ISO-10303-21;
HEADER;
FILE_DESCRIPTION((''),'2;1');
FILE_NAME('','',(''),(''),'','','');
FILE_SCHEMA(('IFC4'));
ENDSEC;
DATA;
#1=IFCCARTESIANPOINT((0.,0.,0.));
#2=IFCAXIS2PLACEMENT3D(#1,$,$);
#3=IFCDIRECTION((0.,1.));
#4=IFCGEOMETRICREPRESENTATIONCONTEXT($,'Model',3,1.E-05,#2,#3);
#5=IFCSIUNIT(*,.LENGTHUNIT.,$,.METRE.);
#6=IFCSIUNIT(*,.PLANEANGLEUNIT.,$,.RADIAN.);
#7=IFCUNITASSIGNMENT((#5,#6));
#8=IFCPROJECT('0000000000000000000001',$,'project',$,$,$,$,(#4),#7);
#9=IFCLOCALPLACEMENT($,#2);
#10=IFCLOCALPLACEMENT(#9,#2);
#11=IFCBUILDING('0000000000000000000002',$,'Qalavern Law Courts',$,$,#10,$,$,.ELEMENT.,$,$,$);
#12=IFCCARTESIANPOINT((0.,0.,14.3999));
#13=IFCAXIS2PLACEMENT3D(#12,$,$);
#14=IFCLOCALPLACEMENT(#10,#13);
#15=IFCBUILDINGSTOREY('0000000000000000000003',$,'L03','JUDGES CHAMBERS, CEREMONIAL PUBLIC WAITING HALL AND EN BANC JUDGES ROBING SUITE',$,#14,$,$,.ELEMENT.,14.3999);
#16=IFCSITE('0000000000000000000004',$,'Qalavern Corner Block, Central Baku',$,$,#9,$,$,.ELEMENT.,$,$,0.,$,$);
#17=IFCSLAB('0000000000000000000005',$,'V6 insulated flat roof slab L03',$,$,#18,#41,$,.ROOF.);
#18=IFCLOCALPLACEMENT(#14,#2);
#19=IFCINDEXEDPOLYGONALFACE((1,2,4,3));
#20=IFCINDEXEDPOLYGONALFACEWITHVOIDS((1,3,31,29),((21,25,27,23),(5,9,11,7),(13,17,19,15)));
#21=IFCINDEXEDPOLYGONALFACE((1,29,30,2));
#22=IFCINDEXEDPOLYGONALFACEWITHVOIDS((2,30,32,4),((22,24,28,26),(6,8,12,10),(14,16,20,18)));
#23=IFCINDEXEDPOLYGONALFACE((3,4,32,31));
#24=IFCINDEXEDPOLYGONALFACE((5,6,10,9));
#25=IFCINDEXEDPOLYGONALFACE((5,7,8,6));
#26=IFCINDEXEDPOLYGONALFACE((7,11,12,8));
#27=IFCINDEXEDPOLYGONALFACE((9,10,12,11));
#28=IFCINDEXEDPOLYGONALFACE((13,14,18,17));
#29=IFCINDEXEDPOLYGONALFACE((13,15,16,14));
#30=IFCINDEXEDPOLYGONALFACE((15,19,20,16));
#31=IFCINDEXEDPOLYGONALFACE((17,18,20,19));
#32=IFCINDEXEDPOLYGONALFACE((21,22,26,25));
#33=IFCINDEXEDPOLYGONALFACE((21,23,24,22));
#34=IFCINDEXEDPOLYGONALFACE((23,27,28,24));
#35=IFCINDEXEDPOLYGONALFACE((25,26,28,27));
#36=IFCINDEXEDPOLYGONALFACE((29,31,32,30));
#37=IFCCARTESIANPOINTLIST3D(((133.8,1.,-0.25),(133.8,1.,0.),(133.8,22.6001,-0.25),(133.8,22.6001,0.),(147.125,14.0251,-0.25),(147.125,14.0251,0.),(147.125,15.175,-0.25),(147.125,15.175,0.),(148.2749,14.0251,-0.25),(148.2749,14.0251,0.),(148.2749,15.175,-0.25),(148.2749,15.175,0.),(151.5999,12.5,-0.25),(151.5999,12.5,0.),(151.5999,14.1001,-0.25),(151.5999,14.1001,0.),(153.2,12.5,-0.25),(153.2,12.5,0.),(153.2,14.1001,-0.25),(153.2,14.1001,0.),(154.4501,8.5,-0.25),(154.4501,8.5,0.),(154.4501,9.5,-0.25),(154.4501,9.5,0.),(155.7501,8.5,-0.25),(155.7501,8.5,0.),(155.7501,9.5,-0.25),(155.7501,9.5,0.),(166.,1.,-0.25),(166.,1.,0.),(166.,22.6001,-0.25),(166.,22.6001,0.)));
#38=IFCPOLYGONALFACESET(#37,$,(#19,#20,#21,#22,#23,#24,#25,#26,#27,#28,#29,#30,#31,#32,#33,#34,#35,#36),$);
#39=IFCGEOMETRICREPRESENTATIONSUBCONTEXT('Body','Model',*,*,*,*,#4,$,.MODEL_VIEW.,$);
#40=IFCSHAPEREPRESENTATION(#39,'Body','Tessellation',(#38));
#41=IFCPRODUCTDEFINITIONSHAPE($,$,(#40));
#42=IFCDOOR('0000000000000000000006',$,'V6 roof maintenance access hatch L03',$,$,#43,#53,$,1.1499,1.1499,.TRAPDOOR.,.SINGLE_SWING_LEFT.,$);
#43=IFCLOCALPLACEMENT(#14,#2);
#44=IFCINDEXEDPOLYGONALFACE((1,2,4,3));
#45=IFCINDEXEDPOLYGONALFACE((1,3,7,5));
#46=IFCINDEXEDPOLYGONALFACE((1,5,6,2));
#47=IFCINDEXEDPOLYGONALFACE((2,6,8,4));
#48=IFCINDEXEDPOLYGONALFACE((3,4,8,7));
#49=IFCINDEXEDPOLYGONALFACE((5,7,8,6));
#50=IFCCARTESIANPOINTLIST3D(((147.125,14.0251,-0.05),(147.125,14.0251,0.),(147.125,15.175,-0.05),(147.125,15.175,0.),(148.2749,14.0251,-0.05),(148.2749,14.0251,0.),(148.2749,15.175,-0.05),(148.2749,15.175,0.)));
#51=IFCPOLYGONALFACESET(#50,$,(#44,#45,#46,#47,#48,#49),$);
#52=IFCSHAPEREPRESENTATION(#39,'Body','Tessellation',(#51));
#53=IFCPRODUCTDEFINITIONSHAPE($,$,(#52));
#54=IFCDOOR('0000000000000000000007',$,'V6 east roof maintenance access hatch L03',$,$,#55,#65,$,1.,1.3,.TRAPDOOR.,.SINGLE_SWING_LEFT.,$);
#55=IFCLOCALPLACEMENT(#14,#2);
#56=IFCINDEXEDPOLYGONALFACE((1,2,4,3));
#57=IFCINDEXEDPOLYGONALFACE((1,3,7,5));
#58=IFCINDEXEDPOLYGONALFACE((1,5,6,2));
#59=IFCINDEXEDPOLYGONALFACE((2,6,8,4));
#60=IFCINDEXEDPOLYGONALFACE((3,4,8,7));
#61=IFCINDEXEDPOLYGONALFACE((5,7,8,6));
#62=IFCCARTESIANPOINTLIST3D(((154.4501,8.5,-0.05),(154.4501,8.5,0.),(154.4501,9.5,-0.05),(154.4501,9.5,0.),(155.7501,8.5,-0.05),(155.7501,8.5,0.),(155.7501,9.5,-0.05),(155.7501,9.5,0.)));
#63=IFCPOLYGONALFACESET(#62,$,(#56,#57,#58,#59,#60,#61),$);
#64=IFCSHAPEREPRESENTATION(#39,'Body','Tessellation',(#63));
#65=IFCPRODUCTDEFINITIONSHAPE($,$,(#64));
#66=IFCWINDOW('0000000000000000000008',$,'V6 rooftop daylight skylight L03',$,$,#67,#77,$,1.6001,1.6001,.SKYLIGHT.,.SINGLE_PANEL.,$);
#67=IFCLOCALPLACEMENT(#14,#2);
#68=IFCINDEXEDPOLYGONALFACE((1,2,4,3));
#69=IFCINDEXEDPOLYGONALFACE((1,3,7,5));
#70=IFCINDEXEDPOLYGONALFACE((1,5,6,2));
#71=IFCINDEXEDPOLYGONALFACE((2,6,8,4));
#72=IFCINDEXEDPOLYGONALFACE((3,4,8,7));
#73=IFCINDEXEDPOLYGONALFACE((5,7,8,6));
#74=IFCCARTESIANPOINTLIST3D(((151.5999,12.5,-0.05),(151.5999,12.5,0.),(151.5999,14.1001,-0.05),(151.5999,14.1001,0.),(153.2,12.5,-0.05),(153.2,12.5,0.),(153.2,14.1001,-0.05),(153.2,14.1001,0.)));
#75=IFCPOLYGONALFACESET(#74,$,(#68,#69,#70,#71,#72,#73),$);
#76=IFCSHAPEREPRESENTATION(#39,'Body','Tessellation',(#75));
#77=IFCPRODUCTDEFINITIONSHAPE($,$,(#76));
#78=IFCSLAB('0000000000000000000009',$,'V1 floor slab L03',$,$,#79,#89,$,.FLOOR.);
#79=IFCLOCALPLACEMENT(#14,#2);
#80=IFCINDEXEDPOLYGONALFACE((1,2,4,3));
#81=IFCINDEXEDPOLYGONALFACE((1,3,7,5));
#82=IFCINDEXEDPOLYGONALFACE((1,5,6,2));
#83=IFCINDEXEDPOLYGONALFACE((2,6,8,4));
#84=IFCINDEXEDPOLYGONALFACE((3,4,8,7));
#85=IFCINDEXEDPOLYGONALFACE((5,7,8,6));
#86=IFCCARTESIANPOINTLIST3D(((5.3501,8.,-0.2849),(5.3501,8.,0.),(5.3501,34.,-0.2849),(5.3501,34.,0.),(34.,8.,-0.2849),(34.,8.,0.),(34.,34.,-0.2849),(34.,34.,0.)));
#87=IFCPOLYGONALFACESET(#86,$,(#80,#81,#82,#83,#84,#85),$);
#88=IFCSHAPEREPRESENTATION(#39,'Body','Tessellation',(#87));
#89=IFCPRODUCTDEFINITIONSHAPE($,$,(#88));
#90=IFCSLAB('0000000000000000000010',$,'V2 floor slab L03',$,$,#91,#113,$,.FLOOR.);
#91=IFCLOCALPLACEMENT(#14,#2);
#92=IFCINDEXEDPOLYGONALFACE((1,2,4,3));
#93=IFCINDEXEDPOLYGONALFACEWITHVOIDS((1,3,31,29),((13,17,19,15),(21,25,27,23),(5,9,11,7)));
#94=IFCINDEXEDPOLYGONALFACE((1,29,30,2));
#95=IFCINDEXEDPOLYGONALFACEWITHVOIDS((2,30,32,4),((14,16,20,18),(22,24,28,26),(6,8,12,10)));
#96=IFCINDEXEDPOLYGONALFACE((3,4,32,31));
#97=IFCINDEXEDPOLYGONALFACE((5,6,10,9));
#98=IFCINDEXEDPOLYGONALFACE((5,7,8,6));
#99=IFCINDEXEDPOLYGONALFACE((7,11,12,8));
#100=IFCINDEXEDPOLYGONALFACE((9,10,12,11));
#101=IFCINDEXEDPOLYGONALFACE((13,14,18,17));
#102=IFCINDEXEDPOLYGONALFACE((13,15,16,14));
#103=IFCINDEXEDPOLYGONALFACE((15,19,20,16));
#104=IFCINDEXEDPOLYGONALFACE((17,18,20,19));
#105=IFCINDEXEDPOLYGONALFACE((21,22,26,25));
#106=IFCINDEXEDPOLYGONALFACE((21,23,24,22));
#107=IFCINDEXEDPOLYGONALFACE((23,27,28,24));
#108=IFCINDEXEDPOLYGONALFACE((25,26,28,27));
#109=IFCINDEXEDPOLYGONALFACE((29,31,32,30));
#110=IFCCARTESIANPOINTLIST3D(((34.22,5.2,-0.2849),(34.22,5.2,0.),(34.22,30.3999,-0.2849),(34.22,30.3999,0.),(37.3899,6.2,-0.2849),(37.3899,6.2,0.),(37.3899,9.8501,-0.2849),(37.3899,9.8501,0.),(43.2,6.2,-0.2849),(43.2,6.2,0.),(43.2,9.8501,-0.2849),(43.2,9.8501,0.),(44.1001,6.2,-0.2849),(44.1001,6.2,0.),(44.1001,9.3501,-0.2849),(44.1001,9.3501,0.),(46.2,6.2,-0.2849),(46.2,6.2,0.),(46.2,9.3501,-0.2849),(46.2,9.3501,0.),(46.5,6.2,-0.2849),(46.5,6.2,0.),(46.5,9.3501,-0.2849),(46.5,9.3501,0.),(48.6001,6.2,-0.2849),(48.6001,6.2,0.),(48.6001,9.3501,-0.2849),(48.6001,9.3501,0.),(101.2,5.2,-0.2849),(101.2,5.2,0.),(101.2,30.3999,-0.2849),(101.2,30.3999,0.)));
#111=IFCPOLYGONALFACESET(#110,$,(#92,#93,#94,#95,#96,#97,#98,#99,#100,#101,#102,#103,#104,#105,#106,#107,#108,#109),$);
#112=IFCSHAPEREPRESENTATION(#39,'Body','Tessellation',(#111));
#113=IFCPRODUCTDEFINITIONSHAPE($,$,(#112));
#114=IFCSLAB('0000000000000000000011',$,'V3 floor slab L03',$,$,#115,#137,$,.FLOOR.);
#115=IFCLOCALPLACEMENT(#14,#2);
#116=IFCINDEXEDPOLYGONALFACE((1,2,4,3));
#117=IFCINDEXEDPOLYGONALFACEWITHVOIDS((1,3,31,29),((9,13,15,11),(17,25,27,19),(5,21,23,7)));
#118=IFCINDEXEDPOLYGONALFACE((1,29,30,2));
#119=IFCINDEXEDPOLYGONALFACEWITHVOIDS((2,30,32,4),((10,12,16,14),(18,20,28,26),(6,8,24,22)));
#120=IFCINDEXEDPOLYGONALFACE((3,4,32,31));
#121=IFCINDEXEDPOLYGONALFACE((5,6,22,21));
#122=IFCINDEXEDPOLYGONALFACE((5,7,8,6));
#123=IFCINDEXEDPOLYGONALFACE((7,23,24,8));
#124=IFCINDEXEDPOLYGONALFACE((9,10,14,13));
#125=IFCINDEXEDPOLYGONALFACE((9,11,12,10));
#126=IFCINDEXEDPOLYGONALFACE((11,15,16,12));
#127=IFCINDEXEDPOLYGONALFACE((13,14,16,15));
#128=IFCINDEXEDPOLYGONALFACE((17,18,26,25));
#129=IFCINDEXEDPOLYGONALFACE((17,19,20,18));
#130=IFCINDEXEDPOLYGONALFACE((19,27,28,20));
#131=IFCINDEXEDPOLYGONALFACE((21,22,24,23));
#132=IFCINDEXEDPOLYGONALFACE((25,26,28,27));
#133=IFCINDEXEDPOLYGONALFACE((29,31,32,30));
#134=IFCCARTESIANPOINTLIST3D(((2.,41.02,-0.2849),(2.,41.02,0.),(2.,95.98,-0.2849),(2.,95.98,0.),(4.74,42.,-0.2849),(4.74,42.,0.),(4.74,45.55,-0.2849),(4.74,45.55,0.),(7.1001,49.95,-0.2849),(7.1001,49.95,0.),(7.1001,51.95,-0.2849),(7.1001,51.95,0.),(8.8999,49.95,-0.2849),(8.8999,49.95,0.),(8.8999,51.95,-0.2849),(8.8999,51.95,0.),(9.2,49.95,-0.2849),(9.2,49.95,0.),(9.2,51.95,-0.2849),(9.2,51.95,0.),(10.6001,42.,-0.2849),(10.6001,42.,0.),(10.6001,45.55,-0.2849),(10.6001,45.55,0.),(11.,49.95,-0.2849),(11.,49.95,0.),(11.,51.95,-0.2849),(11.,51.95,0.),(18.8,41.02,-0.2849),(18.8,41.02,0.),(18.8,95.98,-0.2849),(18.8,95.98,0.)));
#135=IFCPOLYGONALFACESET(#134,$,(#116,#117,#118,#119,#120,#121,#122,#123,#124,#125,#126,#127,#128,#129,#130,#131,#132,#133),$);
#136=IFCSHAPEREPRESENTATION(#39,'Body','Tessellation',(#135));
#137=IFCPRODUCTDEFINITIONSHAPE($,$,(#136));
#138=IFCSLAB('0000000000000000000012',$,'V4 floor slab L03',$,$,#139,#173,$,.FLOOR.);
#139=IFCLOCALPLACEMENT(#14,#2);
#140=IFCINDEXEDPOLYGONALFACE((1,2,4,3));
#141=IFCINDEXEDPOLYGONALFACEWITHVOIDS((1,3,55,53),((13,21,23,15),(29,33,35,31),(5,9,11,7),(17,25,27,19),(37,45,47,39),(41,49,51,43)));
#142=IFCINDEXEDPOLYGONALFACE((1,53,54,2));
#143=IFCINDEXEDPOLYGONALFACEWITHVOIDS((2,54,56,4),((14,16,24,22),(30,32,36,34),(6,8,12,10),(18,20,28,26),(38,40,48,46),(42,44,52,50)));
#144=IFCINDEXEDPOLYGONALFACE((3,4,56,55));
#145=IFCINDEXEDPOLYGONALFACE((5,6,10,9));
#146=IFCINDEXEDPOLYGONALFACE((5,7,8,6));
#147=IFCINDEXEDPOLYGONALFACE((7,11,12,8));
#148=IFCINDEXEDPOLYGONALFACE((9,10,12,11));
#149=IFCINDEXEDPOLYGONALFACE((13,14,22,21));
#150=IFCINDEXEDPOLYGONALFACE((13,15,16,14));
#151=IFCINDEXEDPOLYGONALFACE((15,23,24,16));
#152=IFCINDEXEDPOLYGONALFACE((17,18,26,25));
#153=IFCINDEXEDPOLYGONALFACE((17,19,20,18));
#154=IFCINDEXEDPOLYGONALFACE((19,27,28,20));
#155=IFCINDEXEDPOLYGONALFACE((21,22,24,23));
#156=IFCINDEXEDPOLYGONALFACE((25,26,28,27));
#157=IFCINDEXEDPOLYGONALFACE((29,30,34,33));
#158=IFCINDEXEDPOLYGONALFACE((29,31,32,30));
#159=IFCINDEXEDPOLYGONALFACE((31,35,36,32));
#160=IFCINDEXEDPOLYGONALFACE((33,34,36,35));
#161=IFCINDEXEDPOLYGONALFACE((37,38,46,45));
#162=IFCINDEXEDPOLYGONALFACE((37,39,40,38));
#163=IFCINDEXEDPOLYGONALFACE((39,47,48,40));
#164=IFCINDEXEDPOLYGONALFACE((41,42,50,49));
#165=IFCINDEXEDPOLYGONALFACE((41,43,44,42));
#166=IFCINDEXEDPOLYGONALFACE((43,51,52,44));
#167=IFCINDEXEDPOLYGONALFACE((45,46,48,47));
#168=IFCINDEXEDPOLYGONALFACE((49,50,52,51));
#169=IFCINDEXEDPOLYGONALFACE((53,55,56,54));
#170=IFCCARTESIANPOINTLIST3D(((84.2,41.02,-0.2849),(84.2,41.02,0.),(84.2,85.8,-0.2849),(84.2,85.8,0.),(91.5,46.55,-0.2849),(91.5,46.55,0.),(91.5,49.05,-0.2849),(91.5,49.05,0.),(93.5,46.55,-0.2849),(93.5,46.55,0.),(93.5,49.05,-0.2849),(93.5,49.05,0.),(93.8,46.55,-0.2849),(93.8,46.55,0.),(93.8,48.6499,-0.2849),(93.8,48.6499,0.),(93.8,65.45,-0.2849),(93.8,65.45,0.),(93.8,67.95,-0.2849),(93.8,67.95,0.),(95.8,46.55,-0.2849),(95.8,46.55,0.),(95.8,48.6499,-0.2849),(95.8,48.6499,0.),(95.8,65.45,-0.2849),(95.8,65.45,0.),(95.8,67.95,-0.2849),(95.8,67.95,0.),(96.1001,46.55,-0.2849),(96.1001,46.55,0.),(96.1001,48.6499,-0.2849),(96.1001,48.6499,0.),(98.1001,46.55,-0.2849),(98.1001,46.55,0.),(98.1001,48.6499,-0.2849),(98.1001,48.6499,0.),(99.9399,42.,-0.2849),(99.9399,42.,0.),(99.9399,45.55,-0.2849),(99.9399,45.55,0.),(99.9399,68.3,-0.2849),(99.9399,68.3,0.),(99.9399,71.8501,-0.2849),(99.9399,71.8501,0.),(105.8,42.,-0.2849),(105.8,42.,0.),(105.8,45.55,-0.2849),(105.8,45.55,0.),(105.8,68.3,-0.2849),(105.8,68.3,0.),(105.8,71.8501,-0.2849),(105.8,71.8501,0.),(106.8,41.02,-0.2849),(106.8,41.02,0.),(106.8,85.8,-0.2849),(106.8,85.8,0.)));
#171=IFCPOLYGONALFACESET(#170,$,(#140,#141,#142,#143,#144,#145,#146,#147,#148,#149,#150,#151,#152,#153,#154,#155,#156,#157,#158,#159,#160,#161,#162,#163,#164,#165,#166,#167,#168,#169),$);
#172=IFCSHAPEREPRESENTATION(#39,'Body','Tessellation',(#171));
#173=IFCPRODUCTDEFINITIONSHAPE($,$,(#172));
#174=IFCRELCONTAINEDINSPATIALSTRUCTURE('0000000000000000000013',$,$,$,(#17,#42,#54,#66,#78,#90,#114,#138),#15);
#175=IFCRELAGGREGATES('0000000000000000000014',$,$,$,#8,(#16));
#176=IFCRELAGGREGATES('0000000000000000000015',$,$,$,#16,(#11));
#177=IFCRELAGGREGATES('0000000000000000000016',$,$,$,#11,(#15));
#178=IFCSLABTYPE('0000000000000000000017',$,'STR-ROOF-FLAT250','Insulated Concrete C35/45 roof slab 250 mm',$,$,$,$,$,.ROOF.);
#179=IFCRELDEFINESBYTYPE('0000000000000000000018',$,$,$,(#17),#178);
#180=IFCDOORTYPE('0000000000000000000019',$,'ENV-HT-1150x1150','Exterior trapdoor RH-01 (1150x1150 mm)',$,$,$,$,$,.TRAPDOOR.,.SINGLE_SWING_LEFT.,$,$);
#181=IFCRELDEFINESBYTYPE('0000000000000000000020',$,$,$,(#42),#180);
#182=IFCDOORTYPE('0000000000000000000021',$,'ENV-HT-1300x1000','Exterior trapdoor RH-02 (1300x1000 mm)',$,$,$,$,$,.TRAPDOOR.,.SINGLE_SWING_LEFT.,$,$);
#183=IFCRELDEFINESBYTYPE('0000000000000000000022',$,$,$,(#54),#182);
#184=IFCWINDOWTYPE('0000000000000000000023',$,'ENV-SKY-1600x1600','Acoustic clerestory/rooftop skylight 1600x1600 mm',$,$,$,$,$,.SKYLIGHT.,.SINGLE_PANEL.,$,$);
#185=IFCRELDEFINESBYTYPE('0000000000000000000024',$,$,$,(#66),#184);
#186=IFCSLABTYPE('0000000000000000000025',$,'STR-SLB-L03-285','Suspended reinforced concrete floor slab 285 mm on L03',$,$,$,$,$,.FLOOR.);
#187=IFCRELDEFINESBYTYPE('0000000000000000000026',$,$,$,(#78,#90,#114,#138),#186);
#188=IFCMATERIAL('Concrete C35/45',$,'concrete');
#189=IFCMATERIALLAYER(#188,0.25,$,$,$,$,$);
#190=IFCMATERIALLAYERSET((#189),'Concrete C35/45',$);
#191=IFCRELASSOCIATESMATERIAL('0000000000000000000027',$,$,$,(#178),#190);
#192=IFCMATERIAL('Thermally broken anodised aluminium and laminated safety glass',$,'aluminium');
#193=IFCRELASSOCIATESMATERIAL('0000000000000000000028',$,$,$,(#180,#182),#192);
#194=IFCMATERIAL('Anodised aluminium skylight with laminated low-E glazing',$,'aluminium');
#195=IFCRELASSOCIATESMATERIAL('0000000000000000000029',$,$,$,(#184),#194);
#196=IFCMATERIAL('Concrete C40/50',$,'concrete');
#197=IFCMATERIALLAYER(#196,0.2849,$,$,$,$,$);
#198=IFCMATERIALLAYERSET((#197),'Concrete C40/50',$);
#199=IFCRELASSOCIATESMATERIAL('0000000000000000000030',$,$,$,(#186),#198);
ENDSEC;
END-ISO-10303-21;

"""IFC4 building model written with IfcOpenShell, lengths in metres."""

from ifc_helpers import new_model, si_unit, direction, frame, origin, origin_2d, place, context, subcontext, project, spatial, polyline, rectangle, outline, extrude, material, layer, layer_set, type_object, element, fill, save


model = new_model("IFC4")

# Units and contexts
model_context = context("Model", 3, precision=1e-05, world=origin(), true_north=direction((0.0, 1.0)))
body_context = subcontext(model_context, "Body", "Model", "MODEL_VIEW")
ifc_project = project(units=[si_unit("LENGTHUNIT", "METRE"), si_unit("PLANEANGLEUNIT", "RADIAN")], contexts=[model_context])

# Site, building, storey
site_placement = place(None, origin())
site = spatial("IfcSite", under=ifc_project, at=site_placement, Name="Qalavern Corner Block, Central Baku", CompositionType="ELEMENT", RefElevation=0.0)
building_placement = place(site_placement, origin())
building = spatial("IfcBuilding", under=site, at=building_placement, Name="Qalavern Law Courts", CompositionType="ELEMENT")
storey_placement = place(building_placement, frame((0.0, 0.0, 14.3999)))
storey = spatial("IfcBuildingStorey", under=building, at=storey_placement, Name="L03", Description="JUDGES CHAMBERS, CEREMONIAL PUBLIC WAITING HALL AND EN BANC JUDGES ROBING SUITE", CompositionType="ELEMENT", Elevation=14.3999)

# Slab, openings, doors, window
ifc_material_1 = material(Name="Concrete C35/45", Category="concrete")
ifc_layer_1 = layer(ifc_material_1, 0.25)
ifc_layer_set_1 = layer_set([ifc_layer_1], Name="Concrete C35/45")
slab_type_1 = type_object("IfcSlabType", Name="STR-ROOF-FLAT250", Description="Insulated Concrete C35/45 roof slab 250 mm", PredefinedType="ROOF", material=ifc_layer_set_1)
slab_1_placement = place(storey_placement, frame((0.0, 0.0, -0.25)))
slab_1 = element("IfcSlab", 1, at=slab_1_placement, inside=storey, type_object=slab_type_1, Name="V6 insulated flat roof slab L03", PredefinedType="ROOF", context=body_context, shape_type="SweptSolid", body=[
    extrude(outline(polyline([(133.8, 1.0), (166.0, 1.0), (166.0, 22.6001), (133.8, 22.6001), (133.8, 1.0)])), origin(), (0.0, 0.0, 1.0), 0.25),
])
opening_1_placement = place(slab_1_placement, frame((147.7, 14.6001, 0.0)))
opening_1 = element("IfcOpeningElement", 2, at=opening_1_placement, cuts=slab_1, PredefinedType="OPENING", context=body_context, shape_type="SweptSolid", body=[
    extrude(rectangle(XDim=1.1499, YDim=1.1499, at=origin_2d()), frame((0.0, 0.0, -0.0149)), (0.0, 0.0, 1.0), 0.2798),
])
opening_2_placement = place(slab_1_placement, frame((155.1001, 9.0, 0.0)))
opening_2 = element("IfcOpeningElement", 3, at=opening_2_placement, cuts=slab_1, PredefinedType="OPENING", context=body_context, shape_type="SweptSolid", body=[
    extrude(rectangle(XDim=1.3, YDim=1.0, at=origin_2d()), frame((0.0, 0.0, -0.0149)), (0.0, 0.0, 1.0), 0.2798),
])
opening_3_placement = place(slab_1_placement, frame((152.3999, 13.3, 0.0)))
opening_3 = element("IfcOpeningElement", 4, at=opening_3_placement, cuts=slab_1, PredefinedType="OPENING", context=body_context, shape_type="SweptSolid", body=[
    extrude(rectangle(XDim=1.6001, YDim=1.6001, at=origin_2d()), frame((0.0, 0.0, -0.0149)), (0.0, 0.0, 1.0), 0.2798),
])
ifc_material_2 = material(Name="Thermally broken anodised aluminium and laminated safety glass", Category="aluminium")
door_type_1 = type_object("IfcDoorType", Name="ENV-HT-1150x1150", Description="Exterior trapdoor RH-01 (1150x1150 mm)", OperationType="SINGLE_SWING_LEFT", PredefinedType="TRAPDOOR", material=ifc_material_2)
door_1_placement = place(opening_1_placement, frame((0.0, 0.0, 0.2)))
door_1 = element("IfcDoor", 5, at=door_1_placement, inside=storey, type_object=door_type_1, Name="V6 roof maintenance access hatch L03", OperationType="SINGLE_SWING_LEFT", OverallHeight=1.1499, OverallWidth=1.1499, PredefinedType="TRAPDOOR", context=body_context, shape_type="SweptSolid", body=[
    extrude(rectangle(XDim=1.1499, YDim=1.1499, at=origin_2d()), origin(), (0.0, 0.0, 1.0), 0.05),
])
fill(opening_1, door_1)
door_type_2 = type_object("IfcDoorType", Name="ENV-HT-1300x1000", Description="Exterior trapdoor RH-02 (1300x1000 mm)", OperationType="SINGLE_SWING_LEFT", PredefinedType="TRAPDOOR", material=ifc_material_2)
door_2_placement = place(opening_2_placement, frame((0.0, 0.0, 0.2)))
door_2 = element("IfcDoor", 6, at=door_2_placement, inside=storey, type_object=door_type_2, Name="V6 east roof maintenance access hatch L03", OperationType="SINGLE_SWING_LEFT", OverallHeight=1.0, OverallWidth=1.3, PredefinedType="TRAPDOOR", context=body_context, shape_type="SweptSolid", body=[
    extrude(rectangle(XDim=1.3, YDim=1.0, at=origin_2d()), origin(), (0.0, 0.0, 1.0), 0.05),
])
fill(opening_2, door_2)
ifc_material_3 = material(Name="Anodised aluminium skylight with laminated low-E glazing", Category="aluminium")
window_type = type_object("IfcWindowType", Name="ENV-SKY-1600x1600", Description="Acoustic clerestory/rooftop skylight 1600x1600 mm", PartitioningType="SINGLE_PANEL", PredefinedType="SKYLIGHT", material=ifc_material_3)
window_placement = place(opening_3_placement, frame((0.0, 0.0, 0.2)))
window = element("IfcWindow", 7, at=window_placement, inside=storey, type_object=window_type, Name="V6 rooftop daylight skylight L03", OverallHeight=1.6001, OverallWidth=1.6001, PartitioningType="SINGLE_PANEL", PredefinedType="SKYLIGHT", context=body_context, shape_type="SweptSolid", body=[
    extrude(rectangle(XDim=1.6001, YDim=1.6001, at=origin_2d()), origin(), (0.0, 0.0, 1.0), 0.05),
])
fill(opening_3, window)

# Slabs
ifc_material_4 = material(Name="Concrete C40/50", Category="concrete")
ifc_layer_2 = layer(ifc_material_4, 0.2849)
ifc_layer_set_2 = layer_set([ifc_layer_2], Name="Concrete C40/50")
slab_type_2 = type_object("IfcSlabType", Name="STR-SLB-L03-285", Description="Suspended reinforced concrete floor slab 285 mm on L03", PredefinedType="FLOOR", material=ifc_layer_set_2)
slab_2_placement = place(storey_placement, frame((0.0, 0.0, -0.2849)))
element("IfcSlab", 8, at=slab_2_placement, inside=storey, type_object=slab_type_2, Name="V1 floor slab L03", PredefinedType="FLOOR", context=body_context, shape_type="SweptSolid", body=[
    extrude(outline(polyline([(5.3501, 8.0), (34.0, 8.0), (34.0, 34.0), (5.3501, 34.0), (5.3501, 8.0)])), origin(), (0.0, 0.0, 1.0), 0.2849),
])
slab_3_placement = place(storey_placement, frame((0.0, 0.0, -0.2849)))
element("IfcSlab", 9, at=slab_3_placement, inside=storey, type_object=slab_type_2, Name="V2 floor slab L03", PredefinedType="FLOOR", context=body_context, shape_type="SweptSolid", body=[
    extrude(outline(polyline([(34.22, 5.2), (101.2, 5.2), (101.2, 30.3999), (34.22, 30.3999), (34.22, 5.2)]), holes=[polyline([(37.3899, 6.2), (43.2, 6.2), (43.2, 9.8501), (37.3899, 9.8501), (37.3899, 6.2)]), polyline([(44.1001, 6.2), (46.2, 6.2), (46.2, 9.3501), (44.1001, 9.3501), (44.1001, 6.2)]), polyline([(46.5, 6.2), (48.6001, 6.2), (48.6001, 9.3501), (46.5, 9.3501), (46.5, 6.2)])]), origin(), (0.0, 0.0, 1.0), 0.2849),
])
slab_4_placement = place(storey_placement, frame((0.0, 0.0, -0.2849)))
element("IfcSlab", 10, at=slab_4_placement, inside=storey, type_object=slab_type_2, Name="V3 floor slab L03", PredefinedType="FLOOR", context=body_context, shape_type="SweptSolid", body=[
    extrude(outline(polyline([(2.0, 41.02), (18.8, 41.02), (18.8, 95.98), (2.0, 95.98), (2.0, 41.02)]), holes=[polyline([(4.74, 42.0), (10.6001, 42.0), (10.6001, 45.55), (4.74, 45.55), (4.74, 42.0)]), polyline([(7.1001, 49.95), (8.8999, 49.95), (8.8999, 51.95), (7.1001, 51.95), (7.1001, 49.95)]), polyline([(9.2, 49.95), (11.0, 49.95), (11.0, 51.95), (9.2, 51.95), (9.2, 49.95)])]), origin(), (0.0, 0.0, 1.0), 0.2849),
])
slab_5_placement = place(storey_placement, frame((0.0, 0.0, -0.2849)))
element("IfcSlab", 11, at=slab_5_placement, inside=storey, type_object=slab_type_2, Name="V4 floor slab L03", PredefinedType="FLOOR", context=body_context, shape_type="SweptSolid", body=[
    extrude(outline(polyline([(84.2, 41.02), (106.8, 41.02), (106.8, 85.8), (84.2, 85.8), (84.2, 41.02)]), holes=[polyline([(99.9399, 42.0), (105.8, 42.0), (105.8, 45.55), (99.9399, 45.55), (99.9399, 42.0)]), polyline([(91.5, 46.55), (93.5, 46.55), (93.5, 49.05), (91.5, 49.05), (91.5, 46.55)]), polyline([(93.8, 46.55), (95.8, 46.55), (95.8, 48.6499), (93.8, 48.6499), (93.8, 46.55)]), polyline([(96.1001, 46.55), (98.1001, 46.55), (98.1001, 48.6499), (96.1001, 48.6499), (96.1001, 46.55)]), polyline([(99.9399, 68.3), (105.8, 68.3), (105.8, 71.8501), (99.9399, 71.8501), (99.9399, 68.3)]), polyline([(93.8, 65.45), (95.8, 65.45), (95.8, 67.95), (93.8, 67.95), (93.8, 65.45)])]), origin(), (0.0, 0.0, 1.0), 0.2849),
])

save(model, "model.ifc")
